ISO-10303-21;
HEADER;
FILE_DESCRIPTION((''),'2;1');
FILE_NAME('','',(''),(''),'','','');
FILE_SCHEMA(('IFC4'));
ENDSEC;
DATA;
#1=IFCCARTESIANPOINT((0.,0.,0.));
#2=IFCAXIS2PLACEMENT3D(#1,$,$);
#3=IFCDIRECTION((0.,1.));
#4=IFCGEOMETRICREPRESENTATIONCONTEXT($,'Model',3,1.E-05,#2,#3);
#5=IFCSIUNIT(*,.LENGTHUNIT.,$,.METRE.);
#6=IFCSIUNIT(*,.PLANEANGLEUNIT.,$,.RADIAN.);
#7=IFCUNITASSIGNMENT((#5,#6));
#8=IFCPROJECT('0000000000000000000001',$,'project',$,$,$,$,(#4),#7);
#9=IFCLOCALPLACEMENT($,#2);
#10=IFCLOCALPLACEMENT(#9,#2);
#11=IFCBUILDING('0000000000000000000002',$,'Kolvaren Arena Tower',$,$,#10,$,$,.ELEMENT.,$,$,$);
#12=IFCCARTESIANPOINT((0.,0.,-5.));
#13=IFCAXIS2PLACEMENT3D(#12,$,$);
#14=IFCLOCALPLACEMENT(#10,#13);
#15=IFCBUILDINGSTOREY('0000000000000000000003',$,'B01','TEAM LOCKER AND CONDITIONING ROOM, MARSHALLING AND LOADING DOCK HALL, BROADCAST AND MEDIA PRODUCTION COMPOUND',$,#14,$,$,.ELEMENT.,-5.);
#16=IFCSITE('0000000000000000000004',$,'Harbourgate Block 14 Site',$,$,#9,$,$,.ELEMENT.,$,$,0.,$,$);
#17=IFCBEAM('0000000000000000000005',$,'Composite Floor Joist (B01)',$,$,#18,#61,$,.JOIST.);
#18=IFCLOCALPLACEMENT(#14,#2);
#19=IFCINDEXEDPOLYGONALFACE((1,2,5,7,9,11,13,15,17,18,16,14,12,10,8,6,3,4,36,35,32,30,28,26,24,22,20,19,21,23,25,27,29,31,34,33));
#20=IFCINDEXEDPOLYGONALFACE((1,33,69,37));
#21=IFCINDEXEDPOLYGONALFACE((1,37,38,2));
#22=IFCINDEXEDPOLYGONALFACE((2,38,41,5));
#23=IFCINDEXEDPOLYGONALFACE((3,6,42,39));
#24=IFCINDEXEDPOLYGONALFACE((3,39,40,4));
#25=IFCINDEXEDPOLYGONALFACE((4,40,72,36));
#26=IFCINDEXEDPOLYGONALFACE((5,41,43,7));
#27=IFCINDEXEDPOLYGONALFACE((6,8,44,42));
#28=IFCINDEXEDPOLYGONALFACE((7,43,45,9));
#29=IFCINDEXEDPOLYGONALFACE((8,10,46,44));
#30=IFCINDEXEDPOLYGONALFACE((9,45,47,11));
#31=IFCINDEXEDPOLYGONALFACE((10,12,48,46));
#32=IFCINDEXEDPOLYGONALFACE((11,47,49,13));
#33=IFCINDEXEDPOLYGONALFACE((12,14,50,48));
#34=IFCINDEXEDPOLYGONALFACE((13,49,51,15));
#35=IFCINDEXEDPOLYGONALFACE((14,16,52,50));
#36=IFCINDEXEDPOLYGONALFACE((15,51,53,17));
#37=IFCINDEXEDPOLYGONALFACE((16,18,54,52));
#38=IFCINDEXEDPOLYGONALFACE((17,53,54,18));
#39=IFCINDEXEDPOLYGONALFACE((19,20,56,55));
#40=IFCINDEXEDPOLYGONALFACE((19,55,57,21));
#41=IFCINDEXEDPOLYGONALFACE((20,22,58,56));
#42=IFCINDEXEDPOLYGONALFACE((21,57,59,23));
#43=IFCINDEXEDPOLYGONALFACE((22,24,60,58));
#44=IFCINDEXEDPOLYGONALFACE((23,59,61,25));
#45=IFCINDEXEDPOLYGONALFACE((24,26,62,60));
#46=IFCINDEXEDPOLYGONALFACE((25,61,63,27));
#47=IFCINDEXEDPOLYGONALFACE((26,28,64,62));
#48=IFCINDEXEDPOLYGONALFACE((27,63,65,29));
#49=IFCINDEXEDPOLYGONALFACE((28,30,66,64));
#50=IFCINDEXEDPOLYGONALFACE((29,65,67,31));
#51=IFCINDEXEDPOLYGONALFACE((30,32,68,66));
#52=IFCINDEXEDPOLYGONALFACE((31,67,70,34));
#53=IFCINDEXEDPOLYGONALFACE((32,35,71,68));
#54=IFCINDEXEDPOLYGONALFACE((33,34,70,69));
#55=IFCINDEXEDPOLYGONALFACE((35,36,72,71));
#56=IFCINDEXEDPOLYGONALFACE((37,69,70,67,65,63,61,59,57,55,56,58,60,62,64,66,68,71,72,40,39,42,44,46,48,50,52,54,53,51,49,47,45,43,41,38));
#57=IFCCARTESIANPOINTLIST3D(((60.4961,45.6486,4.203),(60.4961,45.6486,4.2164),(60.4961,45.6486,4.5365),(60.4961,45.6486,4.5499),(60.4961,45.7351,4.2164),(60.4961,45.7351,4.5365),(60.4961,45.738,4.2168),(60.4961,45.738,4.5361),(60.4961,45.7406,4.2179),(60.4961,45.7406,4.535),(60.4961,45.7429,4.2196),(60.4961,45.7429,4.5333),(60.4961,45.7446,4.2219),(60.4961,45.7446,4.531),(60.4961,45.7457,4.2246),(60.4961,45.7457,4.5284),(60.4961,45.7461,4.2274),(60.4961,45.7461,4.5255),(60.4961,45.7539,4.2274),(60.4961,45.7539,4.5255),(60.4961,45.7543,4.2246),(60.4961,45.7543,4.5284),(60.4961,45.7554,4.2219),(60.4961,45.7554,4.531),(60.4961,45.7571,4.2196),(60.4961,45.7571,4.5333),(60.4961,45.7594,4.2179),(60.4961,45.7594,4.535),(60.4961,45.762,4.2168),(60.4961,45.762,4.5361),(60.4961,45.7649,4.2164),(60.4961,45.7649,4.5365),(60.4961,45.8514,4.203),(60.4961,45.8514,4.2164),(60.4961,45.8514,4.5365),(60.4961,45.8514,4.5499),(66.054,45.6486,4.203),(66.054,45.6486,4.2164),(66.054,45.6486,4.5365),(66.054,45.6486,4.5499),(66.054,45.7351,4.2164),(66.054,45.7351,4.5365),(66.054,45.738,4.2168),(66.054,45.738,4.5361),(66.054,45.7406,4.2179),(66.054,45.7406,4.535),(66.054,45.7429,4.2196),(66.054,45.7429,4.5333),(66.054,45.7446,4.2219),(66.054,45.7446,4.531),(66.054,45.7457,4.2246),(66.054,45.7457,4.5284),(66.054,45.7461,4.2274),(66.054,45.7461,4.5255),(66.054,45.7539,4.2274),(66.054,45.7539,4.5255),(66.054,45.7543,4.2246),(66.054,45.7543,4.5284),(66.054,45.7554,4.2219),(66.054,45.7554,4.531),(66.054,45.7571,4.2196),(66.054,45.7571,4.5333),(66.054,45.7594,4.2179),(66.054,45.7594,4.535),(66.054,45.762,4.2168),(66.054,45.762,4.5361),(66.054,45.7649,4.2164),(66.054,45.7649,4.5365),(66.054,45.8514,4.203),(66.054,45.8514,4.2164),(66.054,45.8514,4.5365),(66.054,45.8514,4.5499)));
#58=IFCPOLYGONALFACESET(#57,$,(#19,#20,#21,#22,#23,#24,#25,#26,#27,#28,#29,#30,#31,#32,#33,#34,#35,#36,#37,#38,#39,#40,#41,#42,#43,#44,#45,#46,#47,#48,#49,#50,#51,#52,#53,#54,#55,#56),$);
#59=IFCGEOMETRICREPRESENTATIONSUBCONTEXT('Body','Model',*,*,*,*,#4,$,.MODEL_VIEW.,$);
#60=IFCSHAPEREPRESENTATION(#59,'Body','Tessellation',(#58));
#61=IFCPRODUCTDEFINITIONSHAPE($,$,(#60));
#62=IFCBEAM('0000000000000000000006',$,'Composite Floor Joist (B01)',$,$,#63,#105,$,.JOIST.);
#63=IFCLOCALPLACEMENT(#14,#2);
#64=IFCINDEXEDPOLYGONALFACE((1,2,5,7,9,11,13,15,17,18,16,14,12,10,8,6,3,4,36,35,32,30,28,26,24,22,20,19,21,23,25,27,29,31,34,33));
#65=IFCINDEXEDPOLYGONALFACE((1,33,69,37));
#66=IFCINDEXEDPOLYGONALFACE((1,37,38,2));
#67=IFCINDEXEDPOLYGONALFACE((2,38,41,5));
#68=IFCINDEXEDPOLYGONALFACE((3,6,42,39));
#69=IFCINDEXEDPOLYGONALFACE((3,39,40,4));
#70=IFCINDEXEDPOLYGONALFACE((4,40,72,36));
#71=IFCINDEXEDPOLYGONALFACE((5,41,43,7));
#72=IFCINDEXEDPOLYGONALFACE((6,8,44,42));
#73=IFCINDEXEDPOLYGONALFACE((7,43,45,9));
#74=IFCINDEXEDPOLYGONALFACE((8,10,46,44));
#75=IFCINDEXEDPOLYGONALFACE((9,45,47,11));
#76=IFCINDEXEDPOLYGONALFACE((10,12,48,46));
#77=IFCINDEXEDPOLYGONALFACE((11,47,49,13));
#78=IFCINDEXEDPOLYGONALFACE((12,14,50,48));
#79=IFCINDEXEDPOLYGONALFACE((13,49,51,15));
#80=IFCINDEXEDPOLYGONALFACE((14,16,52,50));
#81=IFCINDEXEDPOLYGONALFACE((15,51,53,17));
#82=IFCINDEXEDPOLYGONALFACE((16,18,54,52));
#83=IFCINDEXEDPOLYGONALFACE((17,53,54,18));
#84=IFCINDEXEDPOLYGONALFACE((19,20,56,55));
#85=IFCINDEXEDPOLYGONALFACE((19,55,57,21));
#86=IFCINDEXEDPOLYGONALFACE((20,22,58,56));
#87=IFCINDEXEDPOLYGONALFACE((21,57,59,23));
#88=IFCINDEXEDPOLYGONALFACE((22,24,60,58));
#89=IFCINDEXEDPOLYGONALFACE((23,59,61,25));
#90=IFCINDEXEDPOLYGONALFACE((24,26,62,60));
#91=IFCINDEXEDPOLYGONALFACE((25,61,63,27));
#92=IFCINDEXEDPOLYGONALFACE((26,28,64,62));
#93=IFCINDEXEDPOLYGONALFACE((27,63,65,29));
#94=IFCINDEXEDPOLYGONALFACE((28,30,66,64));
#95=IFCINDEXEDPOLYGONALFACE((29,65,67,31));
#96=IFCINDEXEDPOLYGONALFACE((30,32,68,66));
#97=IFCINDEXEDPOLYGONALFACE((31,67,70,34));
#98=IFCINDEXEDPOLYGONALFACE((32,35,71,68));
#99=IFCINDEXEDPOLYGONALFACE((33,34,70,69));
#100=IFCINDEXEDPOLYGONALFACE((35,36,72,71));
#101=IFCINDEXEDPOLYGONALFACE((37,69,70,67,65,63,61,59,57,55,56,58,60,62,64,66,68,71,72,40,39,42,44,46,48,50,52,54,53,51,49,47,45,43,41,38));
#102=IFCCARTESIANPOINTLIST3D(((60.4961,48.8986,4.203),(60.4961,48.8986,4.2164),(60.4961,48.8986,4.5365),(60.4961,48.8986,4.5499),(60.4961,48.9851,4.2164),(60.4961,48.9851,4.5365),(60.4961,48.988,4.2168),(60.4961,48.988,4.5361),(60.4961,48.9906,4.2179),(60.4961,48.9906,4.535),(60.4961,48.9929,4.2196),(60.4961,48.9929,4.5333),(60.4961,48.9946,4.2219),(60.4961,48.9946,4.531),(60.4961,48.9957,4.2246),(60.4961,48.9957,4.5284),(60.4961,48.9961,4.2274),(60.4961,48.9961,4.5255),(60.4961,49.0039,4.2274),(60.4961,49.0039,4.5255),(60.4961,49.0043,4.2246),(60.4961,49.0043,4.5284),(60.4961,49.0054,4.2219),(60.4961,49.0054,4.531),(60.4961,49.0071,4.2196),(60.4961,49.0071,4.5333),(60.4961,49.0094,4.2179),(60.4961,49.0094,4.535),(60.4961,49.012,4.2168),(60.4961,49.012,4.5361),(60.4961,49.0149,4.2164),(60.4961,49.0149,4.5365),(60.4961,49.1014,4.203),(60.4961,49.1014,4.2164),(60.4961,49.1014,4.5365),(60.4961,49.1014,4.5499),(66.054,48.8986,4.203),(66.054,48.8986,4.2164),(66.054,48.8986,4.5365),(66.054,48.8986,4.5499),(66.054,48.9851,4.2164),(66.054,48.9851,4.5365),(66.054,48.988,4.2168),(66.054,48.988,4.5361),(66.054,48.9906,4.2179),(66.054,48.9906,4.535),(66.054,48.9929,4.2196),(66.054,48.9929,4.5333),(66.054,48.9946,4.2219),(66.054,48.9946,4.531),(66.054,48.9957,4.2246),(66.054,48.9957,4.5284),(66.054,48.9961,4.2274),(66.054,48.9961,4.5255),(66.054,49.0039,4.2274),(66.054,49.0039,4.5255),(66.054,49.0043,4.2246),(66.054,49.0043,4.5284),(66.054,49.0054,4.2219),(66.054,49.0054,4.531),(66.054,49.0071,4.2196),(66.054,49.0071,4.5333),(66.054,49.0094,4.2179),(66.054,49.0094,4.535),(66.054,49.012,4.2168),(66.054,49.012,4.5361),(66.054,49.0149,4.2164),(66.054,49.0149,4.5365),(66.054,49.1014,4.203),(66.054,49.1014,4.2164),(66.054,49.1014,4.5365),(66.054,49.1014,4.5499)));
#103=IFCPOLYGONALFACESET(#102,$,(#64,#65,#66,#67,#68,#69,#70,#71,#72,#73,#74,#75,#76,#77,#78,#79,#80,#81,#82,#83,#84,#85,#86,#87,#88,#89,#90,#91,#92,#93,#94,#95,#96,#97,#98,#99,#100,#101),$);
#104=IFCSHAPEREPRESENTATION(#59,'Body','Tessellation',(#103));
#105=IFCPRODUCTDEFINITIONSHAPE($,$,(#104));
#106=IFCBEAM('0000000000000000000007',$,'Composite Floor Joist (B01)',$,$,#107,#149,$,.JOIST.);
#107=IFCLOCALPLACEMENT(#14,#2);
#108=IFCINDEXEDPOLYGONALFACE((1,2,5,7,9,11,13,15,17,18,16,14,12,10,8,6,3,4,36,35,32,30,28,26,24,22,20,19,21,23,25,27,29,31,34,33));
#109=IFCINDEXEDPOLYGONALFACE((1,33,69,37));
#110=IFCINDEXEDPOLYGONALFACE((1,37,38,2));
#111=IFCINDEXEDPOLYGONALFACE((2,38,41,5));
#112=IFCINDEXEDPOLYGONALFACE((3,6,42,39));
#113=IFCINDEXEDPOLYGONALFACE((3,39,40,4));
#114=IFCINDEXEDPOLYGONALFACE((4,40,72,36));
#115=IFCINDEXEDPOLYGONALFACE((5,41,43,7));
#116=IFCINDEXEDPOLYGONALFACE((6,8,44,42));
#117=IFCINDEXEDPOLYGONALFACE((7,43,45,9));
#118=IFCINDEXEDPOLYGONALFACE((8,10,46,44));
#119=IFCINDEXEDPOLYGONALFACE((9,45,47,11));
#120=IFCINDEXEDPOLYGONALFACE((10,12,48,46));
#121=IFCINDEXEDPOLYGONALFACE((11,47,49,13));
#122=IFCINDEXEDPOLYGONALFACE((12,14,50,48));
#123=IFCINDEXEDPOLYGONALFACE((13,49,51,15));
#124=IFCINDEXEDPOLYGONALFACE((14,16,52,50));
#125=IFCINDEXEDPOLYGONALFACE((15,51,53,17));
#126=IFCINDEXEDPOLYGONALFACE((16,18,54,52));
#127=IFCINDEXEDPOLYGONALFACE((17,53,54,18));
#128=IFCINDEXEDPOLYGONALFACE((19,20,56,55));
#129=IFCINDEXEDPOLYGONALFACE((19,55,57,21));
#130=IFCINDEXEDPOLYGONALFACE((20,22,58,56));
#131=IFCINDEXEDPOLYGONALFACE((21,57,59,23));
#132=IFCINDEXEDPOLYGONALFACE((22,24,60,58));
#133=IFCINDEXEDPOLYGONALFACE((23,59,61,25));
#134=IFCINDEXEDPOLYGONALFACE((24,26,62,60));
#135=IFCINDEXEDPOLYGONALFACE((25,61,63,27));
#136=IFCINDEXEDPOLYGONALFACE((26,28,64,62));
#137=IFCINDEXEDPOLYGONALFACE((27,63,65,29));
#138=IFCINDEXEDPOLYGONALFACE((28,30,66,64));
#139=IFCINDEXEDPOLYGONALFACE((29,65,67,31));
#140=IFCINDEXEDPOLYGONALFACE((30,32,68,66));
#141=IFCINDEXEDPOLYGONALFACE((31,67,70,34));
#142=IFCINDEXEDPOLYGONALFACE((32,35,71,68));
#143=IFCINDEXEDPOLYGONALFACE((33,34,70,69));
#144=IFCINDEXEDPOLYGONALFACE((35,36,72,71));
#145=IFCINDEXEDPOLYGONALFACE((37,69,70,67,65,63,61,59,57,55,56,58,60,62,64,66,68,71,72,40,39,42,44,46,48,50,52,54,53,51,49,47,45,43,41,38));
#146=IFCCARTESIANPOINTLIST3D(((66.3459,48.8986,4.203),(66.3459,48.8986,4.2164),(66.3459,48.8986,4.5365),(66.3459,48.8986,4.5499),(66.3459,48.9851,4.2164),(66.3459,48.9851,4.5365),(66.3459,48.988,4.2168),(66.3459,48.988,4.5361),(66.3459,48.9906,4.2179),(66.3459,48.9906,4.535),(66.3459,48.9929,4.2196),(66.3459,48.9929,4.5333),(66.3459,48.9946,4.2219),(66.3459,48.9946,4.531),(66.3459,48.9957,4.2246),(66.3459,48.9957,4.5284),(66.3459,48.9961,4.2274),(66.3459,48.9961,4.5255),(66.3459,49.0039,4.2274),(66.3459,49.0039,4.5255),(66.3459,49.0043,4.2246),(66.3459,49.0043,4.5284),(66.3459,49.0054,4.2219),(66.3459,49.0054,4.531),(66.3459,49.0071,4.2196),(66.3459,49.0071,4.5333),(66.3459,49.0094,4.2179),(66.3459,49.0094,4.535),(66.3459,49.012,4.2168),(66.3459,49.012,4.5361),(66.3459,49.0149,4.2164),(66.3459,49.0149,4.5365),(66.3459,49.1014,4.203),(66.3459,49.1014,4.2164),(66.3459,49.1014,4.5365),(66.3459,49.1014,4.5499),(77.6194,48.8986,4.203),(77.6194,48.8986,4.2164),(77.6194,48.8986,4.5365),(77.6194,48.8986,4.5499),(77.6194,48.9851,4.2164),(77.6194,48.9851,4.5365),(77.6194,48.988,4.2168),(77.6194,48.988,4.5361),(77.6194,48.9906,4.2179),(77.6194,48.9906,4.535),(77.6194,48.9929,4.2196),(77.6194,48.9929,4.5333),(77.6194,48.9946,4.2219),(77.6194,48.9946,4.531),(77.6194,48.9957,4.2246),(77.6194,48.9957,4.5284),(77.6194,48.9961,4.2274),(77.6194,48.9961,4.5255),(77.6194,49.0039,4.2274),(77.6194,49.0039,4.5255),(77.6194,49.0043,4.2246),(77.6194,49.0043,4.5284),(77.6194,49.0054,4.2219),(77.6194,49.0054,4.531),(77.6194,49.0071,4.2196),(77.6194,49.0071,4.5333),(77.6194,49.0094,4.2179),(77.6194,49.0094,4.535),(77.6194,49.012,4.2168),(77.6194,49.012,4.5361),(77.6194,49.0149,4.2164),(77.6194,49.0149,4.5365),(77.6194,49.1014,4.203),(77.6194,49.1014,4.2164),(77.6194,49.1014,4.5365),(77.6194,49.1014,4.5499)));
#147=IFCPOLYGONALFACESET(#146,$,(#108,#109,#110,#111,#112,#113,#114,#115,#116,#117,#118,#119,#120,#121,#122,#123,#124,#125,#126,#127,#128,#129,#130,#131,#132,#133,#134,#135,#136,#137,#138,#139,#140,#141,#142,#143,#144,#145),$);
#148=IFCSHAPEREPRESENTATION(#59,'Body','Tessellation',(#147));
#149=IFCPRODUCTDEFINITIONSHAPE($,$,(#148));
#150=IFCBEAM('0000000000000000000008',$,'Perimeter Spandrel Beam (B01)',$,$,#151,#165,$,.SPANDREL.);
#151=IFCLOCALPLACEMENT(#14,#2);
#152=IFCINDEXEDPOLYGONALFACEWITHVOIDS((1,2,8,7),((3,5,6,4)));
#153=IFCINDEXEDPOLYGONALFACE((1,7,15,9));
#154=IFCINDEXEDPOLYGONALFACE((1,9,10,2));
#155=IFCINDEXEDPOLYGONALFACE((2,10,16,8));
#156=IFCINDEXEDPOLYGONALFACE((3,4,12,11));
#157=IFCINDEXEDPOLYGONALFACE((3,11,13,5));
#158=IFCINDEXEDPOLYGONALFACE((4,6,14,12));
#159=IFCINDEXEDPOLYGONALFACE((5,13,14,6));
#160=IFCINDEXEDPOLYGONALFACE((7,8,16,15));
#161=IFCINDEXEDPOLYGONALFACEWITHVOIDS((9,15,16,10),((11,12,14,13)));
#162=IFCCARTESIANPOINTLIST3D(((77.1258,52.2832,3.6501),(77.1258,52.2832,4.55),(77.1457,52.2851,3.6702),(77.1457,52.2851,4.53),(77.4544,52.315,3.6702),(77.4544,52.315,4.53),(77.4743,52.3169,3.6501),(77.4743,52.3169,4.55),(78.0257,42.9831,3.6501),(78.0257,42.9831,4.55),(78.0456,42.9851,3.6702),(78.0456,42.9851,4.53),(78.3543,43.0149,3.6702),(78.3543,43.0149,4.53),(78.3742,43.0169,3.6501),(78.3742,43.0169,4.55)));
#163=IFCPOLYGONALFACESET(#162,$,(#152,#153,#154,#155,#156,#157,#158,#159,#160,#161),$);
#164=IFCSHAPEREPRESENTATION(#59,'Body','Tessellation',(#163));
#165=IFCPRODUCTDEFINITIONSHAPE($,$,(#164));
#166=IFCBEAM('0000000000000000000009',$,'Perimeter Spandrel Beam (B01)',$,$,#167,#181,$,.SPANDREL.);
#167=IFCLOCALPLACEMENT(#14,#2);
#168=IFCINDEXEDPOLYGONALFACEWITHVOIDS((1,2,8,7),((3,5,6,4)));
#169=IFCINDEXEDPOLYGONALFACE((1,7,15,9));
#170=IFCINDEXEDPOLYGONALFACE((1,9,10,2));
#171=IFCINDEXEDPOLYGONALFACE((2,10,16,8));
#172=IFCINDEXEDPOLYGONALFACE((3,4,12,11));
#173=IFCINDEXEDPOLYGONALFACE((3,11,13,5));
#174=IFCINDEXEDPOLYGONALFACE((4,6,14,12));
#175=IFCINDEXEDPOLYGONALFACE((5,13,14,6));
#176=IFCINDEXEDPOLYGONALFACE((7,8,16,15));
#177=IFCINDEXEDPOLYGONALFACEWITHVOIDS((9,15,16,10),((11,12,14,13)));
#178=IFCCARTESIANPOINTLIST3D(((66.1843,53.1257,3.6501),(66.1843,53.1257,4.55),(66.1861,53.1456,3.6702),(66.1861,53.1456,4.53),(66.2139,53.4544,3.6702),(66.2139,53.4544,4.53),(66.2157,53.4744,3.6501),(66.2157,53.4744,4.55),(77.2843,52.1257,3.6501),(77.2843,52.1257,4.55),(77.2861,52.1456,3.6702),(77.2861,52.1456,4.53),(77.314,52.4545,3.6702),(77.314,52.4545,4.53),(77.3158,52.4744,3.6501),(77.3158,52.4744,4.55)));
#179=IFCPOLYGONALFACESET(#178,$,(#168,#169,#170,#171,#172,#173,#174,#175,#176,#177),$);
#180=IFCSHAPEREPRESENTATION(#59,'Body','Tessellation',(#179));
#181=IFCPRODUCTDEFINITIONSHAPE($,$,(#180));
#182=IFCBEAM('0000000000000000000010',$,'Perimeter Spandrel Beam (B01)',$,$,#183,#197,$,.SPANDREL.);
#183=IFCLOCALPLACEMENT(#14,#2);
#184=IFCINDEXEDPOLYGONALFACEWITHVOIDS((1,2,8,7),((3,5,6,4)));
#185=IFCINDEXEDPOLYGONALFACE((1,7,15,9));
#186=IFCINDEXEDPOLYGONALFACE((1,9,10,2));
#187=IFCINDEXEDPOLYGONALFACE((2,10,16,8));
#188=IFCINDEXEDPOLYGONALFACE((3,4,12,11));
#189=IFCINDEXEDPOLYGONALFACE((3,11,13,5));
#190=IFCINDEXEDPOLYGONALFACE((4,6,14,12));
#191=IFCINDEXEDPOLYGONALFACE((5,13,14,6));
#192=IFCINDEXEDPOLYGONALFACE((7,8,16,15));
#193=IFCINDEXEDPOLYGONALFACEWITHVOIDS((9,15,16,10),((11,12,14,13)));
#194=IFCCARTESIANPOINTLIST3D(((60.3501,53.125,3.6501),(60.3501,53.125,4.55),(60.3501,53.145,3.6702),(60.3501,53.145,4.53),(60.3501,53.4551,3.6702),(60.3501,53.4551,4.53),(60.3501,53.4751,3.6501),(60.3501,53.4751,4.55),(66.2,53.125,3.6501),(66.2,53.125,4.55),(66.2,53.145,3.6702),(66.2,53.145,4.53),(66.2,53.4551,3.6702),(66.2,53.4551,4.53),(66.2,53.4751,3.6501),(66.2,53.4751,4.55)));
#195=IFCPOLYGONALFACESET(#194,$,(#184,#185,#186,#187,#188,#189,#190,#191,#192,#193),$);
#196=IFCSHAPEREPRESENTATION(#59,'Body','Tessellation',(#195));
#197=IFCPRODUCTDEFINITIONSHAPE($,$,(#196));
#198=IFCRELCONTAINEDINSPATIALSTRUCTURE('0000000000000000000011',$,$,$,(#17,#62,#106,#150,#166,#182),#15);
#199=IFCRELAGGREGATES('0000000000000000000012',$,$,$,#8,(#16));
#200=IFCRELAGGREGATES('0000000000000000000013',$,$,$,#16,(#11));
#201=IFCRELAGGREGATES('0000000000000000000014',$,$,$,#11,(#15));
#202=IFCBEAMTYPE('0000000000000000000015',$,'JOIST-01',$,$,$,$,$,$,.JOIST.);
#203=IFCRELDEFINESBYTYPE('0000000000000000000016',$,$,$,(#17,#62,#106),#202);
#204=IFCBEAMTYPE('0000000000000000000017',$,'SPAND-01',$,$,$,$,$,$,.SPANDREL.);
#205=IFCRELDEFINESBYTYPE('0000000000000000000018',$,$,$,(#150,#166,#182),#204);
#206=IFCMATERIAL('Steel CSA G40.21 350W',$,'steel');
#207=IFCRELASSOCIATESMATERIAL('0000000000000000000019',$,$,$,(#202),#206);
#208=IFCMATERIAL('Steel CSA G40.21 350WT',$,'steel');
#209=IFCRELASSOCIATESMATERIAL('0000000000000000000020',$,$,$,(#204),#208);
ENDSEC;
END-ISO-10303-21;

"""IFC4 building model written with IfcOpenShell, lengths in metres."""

from ifc_helpers import new_model, si_unit, direction, frame, origin, origin_2d, place, context, subcontext, project, spatial, hollow_rectangle, i_section, extrude, material, material_profile, profile_set, type_object, element, save


model = new_model("IFC4")

# Units and contexts
model_context = context("Model", 3, precision=1e-05, world=origin(), true_north=direction((0.0, 1.0)))
body_context = subcontext(model_context, "Body", "Model", "MODEL_VIEW")
ifc_project = project(units=[si_unit("LENGTHUNIT", "METRE"), si_unit("PLANEANGLEUNIT", "RADIAN")], contexts=[model_context])

# Site, building, storey
site_placement = place(None, origin())
site = spatial("IfcSite", under=ifc_project, at=site_placement, Name="Harbourgate Block 14 Site", CompositionType="ELEMENT", RefElevation=0.0)
building_placement = place(site_placement, origin())
building = spatial("IfcBuilding", under=site, at=building_placement, Name="Kolvaren Arena Tower", CompositionType="ELEMENT")
storey_placement = place(building_placement, frame((0.0, 0.0, -5.0)))
storey = spatial("IfcBuildingStorey", under=building, at=storey_placement, Name="B01", Description="TEAM LOCKER AND CONDITIONING ROOM, MARSHALLING AND LOADING DOCK HALL, BROADCAST AND MEDIA PRODUCTION COMPOUND", CompositionType="ELEMENT", Elevation=-5.0)

# Beams
ifc_material_1 = material(Name="Steel CSA G40.21 350W", Category="steel")
ifc_material_profile_1 = material_profile(ifc_material_1, i_section(OverallWidth=0.2029, OverallDepth=0.3469, WebThickness=0.0078, FlangeThickness=0.0134, FilletRadius=0.011, at=origin_2d()), Name="W360x64")
ifc_profile_set_1 = profile_set([ifc_material_profile_1], Name="Steel CSA G40.21 350W")
beam_type_1 = type_object("IfcBeamType", Name="JOIST-01", PredefinedType="JOIST", material=ifc_profile_set_1)
for number, where, z_axis, x_axis, name in (
    (1, (60.4961, 45.75, 4.3765), (1.0, 0.0, 0.0), (0.0, 1.0, 0.0), "Composite Floor Joist (B01)"),
    (2, (60.4961, 49.0, 4.3765), (1.0, 0.0, 0.0), (0.0, 1.0, 0.0), "Composite Floor Joist (B01)"),
):
    element("IfcBeam", number, at=place(storey_placement, frame(where, z_axis=z_axis, x_axis=x_axis)), inside=storey, type_object=beam_type_1, Name=name, PredefinedType="JOIST", context=body_context, shape_type="SweptSolid", body=[
        extrude(i_section(OverallWidth=0.2029, OverallDepth=0.3469, WebThickness=0.0078, FlangeThickness=0.0134, FilletRadius=0.011, at=origin_2d()), origin(), (0.0, 0.0, 1.0), 5.5579),
    ])
beam_1_placement = place(storey_placement, frame((66.3459, 49.0, 4.3765), z_axis=(1.0, 0.0, 0.0), x_axis=(0.0, 1.0, 0.0)))
element("IfcBeam", 3, at=beam_1_placement, inside=storey, type_object=beam_type_1, Name="Composite Floor Joist (B01)", PredefinedType="JOIST", context=body_context, shape_type="SweptSolid", body=[
    extrude(i_section(OverallWidth=0.2029, OverallDepth=0.3469, WebThickness=0.0078, FlangeThickness=0.0134, FilletRadius=0.011, at=origin_2d()), origin(), (0.0, 0.0, 1.0), 11.2734),
])
ifc_material_2 = material(Name="Steel CSA G40.21 350WT", Category="steel")
ifc_material_profile_2 = material_profile(ifc_material_2, hollow_rectangle(XDim=0.3501, YDim=0.8999, WallThickness=0.02, at=origin_2d()), Name="HSS 900x350x20")
ifc_profile_set_2 = profile_set([ifc_material_profile_2], Name="Steel CSA G40.21 350WT")
beam_type_2 = type_object("IfcBeamType", Name="SPAND-01", PredefinedType="SPANDREL", material=ifc_profile_set_2)
beam_2_placement = place(storey_placement, frame((78.2, 43.0, 4.1001), z_axis=(-0.096313, 0.995351, 0.0), x_axis=(-0.995351, -0.096313, 0.0)))
element("IfcBeam", 4, at=beam_2_placement, inside=storey, type_object=beam_type_2, Name="Perimeter Spandrel Beam (B01)", PredefinedType="SPANDREL", context=body_context, shape_type="SweptSolid", body=[
    extrude(hollow_rectangle(XDim=0.3501, YDim=0.8999, WallThickness=0.02, at=origin_2d()), origin(), (0.0, 0.0, 1.0), 9.3435),
])
beam_3_placement = place(storey_placement, frame((77.3, 52.3, 4.1001), z_axis=(-0.995966, 0.089726, 0.0), x_axis=(-0.089726, -0.995966, 0.0)))
element("IfcBeam", 5, at=beam_3_placement, inside=storey, type_object=beam_type_2, Name="Perimeter Spandrel Beam (B01)", PredefinedType="SPANDREL", context=body_context, shape_type="SweptSolid", body=[
    extrude(hollow_rectangle(XDim=0.3501, YDim=0.8999, WallThickness=0.02, at=origin_2d()), origin(), (0.0, 0.0, 1.0), 11.145),
])
beam_4_placement = place(storey_placement, frame((66.2, 53.3, 4.1001), z_axis=(-1.0, 0.0, 0.0), x_axis=(0.0, -1.0, 0.0)))
element("IfcBeam", 6, at=beam_4_placement, inside=storey, type_object=beam_type_2, Name="Perimeter Spandrel Beam (B01)", PredefinedType="SPANDREL", context=body_context, shape_type="SweptSolid", body=[
    extrude(hollow_rectangle(XDim=0.3501, YDim=0.8999, WallThickness=0.02, at=origin_2d()), origin(), (0.0, 0.0, 1.0), 5.8499),
])

save(model, "model.ifc")
